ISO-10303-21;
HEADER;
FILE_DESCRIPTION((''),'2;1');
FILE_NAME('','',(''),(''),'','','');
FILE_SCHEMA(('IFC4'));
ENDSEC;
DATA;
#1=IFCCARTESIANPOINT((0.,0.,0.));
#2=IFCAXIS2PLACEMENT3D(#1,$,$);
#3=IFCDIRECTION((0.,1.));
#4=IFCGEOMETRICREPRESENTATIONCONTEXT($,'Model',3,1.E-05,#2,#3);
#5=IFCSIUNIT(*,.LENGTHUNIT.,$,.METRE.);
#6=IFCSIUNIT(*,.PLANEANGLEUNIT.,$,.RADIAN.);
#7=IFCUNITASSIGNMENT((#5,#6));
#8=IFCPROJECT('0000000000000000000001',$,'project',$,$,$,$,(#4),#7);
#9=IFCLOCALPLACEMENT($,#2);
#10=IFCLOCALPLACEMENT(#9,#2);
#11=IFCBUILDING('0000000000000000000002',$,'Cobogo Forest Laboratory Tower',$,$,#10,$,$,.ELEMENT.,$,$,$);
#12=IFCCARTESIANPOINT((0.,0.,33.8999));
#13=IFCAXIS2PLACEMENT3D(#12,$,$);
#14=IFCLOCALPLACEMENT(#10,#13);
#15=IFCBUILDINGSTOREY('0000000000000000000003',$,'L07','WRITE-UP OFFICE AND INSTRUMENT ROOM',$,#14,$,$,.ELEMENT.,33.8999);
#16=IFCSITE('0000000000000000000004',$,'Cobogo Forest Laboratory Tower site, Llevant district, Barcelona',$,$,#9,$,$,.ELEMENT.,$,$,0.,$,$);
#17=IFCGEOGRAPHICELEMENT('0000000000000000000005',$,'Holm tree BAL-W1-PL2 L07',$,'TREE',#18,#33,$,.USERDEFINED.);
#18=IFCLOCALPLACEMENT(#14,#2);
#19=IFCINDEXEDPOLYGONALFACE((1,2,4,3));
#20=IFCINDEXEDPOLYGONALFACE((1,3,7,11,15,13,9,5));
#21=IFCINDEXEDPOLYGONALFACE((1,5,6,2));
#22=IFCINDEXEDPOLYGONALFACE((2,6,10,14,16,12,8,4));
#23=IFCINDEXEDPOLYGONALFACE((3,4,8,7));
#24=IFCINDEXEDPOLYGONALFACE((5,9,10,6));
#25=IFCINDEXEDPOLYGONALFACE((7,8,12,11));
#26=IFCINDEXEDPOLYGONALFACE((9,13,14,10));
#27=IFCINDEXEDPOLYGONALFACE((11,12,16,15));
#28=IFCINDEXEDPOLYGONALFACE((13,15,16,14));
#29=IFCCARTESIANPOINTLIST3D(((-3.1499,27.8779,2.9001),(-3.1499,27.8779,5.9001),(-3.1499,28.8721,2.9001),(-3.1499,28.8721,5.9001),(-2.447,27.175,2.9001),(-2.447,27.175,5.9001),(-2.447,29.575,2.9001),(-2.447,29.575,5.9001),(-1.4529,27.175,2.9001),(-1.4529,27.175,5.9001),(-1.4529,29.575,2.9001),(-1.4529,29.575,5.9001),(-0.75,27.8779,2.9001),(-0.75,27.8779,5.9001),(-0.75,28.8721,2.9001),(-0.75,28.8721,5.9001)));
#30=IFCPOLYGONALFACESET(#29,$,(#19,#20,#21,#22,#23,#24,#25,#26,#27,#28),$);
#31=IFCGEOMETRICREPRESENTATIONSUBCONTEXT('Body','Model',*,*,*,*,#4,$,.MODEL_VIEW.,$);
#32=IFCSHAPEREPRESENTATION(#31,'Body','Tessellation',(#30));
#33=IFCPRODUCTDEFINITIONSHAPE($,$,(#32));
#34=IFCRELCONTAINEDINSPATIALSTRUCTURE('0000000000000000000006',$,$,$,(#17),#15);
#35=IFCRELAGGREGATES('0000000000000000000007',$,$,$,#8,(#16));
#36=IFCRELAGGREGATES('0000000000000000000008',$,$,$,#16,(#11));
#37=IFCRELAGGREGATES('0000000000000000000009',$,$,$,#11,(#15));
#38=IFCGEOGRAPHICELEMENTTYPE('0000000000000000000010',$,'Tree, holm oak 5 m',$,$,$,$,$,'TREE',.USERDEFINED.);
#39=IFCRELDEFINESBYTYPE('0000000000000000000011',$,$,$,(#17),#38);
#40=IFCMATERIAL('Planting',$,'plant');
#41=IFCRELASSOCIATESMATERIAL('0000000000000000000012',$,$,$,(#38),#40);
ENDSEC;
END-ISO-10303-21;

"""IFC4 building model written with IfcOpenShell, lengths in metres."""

from ifc_helpers import new_model, si_unit, direction, frame, origin, place, context, subcontext, project, spatial, polyline, outline, extrude, material, type_object, element, save


model = new_model("IFC4")

# Units and contexts
model_context = context("Model", 3, precision=1e-05, world=origin(), true_north=direction((0.0, 1.0)))
body_context = subcontext(model_context, "Body", "Model", "MODEL_VIEW")
ifc_project = project(units=[si_unit("LENGTHUNIT", "METRE"), si_unit("PLANEANGLEUNIT", "RADIAN")], contexts=[model_context])

# Site, building, storey
site_placement = place(None, origin())
site = spatial("IfcSite", under=ifc_project, at=site_placement, Name="Cobogo Forest Laboratory Tower site, Llevant district, Barcelona", CompositionType="ELEMENT", RefElevation=0.0)
building_placement = place(site_placement, origin())
building = spatial("IfcBuilding", under=site, at=building_placement, Name="Cobogo Forest Laboratory Tower", CompositionType="ELEMENT")
storey_placement = place(building_placement, frame((0.0, 0.0, 33.8999)))
storey = spatial("IfcBuildingStorey", under=building, at=storey_placement, Name="L07", Description="WRITE-UP OFFICE AND INSTRUMENT ROOM", CompositionType="ELEMENT", Elevation=33.8999)

# Geographic element
ifc_material_1 = material(Name="Planting", Category="plant")
geographic_element_type = type_object("IfcGeographicElementType", Name="Tree, holm oak 5 m", ElementType="TREE", PredefinedType="USERDEFINED", material=ifc_material_1)
geographic_element_1_placement = place(storey_placement, frame((0.0, 0.0, 2.9001)))
element("IfcGeographicElement", 1, at=geographic_element_1_placement, inside=storey, type_object=geographic_element_type, Name="Holm tree BAL-W1-PL2 L07", ObjectType="TREE", PredefinedType="USERDEFINED", context=body_context, shape_type="SweptSolid", body=[
    extrude(outline(polyline([(-0.75, 27.8779), (-0.75, 28.8721), (-1.4529, 29.575), (-2.447, 29.575), (-3.1499, 28.8721), (-3.1499, 27.8779), (-2.447, 27.175), (-1.4529, 27.175), (-0.75, 27.8779)])), origin(), (0.0, 0.0, 1.0), 3.0),
])

save(model, "model.ifc")
